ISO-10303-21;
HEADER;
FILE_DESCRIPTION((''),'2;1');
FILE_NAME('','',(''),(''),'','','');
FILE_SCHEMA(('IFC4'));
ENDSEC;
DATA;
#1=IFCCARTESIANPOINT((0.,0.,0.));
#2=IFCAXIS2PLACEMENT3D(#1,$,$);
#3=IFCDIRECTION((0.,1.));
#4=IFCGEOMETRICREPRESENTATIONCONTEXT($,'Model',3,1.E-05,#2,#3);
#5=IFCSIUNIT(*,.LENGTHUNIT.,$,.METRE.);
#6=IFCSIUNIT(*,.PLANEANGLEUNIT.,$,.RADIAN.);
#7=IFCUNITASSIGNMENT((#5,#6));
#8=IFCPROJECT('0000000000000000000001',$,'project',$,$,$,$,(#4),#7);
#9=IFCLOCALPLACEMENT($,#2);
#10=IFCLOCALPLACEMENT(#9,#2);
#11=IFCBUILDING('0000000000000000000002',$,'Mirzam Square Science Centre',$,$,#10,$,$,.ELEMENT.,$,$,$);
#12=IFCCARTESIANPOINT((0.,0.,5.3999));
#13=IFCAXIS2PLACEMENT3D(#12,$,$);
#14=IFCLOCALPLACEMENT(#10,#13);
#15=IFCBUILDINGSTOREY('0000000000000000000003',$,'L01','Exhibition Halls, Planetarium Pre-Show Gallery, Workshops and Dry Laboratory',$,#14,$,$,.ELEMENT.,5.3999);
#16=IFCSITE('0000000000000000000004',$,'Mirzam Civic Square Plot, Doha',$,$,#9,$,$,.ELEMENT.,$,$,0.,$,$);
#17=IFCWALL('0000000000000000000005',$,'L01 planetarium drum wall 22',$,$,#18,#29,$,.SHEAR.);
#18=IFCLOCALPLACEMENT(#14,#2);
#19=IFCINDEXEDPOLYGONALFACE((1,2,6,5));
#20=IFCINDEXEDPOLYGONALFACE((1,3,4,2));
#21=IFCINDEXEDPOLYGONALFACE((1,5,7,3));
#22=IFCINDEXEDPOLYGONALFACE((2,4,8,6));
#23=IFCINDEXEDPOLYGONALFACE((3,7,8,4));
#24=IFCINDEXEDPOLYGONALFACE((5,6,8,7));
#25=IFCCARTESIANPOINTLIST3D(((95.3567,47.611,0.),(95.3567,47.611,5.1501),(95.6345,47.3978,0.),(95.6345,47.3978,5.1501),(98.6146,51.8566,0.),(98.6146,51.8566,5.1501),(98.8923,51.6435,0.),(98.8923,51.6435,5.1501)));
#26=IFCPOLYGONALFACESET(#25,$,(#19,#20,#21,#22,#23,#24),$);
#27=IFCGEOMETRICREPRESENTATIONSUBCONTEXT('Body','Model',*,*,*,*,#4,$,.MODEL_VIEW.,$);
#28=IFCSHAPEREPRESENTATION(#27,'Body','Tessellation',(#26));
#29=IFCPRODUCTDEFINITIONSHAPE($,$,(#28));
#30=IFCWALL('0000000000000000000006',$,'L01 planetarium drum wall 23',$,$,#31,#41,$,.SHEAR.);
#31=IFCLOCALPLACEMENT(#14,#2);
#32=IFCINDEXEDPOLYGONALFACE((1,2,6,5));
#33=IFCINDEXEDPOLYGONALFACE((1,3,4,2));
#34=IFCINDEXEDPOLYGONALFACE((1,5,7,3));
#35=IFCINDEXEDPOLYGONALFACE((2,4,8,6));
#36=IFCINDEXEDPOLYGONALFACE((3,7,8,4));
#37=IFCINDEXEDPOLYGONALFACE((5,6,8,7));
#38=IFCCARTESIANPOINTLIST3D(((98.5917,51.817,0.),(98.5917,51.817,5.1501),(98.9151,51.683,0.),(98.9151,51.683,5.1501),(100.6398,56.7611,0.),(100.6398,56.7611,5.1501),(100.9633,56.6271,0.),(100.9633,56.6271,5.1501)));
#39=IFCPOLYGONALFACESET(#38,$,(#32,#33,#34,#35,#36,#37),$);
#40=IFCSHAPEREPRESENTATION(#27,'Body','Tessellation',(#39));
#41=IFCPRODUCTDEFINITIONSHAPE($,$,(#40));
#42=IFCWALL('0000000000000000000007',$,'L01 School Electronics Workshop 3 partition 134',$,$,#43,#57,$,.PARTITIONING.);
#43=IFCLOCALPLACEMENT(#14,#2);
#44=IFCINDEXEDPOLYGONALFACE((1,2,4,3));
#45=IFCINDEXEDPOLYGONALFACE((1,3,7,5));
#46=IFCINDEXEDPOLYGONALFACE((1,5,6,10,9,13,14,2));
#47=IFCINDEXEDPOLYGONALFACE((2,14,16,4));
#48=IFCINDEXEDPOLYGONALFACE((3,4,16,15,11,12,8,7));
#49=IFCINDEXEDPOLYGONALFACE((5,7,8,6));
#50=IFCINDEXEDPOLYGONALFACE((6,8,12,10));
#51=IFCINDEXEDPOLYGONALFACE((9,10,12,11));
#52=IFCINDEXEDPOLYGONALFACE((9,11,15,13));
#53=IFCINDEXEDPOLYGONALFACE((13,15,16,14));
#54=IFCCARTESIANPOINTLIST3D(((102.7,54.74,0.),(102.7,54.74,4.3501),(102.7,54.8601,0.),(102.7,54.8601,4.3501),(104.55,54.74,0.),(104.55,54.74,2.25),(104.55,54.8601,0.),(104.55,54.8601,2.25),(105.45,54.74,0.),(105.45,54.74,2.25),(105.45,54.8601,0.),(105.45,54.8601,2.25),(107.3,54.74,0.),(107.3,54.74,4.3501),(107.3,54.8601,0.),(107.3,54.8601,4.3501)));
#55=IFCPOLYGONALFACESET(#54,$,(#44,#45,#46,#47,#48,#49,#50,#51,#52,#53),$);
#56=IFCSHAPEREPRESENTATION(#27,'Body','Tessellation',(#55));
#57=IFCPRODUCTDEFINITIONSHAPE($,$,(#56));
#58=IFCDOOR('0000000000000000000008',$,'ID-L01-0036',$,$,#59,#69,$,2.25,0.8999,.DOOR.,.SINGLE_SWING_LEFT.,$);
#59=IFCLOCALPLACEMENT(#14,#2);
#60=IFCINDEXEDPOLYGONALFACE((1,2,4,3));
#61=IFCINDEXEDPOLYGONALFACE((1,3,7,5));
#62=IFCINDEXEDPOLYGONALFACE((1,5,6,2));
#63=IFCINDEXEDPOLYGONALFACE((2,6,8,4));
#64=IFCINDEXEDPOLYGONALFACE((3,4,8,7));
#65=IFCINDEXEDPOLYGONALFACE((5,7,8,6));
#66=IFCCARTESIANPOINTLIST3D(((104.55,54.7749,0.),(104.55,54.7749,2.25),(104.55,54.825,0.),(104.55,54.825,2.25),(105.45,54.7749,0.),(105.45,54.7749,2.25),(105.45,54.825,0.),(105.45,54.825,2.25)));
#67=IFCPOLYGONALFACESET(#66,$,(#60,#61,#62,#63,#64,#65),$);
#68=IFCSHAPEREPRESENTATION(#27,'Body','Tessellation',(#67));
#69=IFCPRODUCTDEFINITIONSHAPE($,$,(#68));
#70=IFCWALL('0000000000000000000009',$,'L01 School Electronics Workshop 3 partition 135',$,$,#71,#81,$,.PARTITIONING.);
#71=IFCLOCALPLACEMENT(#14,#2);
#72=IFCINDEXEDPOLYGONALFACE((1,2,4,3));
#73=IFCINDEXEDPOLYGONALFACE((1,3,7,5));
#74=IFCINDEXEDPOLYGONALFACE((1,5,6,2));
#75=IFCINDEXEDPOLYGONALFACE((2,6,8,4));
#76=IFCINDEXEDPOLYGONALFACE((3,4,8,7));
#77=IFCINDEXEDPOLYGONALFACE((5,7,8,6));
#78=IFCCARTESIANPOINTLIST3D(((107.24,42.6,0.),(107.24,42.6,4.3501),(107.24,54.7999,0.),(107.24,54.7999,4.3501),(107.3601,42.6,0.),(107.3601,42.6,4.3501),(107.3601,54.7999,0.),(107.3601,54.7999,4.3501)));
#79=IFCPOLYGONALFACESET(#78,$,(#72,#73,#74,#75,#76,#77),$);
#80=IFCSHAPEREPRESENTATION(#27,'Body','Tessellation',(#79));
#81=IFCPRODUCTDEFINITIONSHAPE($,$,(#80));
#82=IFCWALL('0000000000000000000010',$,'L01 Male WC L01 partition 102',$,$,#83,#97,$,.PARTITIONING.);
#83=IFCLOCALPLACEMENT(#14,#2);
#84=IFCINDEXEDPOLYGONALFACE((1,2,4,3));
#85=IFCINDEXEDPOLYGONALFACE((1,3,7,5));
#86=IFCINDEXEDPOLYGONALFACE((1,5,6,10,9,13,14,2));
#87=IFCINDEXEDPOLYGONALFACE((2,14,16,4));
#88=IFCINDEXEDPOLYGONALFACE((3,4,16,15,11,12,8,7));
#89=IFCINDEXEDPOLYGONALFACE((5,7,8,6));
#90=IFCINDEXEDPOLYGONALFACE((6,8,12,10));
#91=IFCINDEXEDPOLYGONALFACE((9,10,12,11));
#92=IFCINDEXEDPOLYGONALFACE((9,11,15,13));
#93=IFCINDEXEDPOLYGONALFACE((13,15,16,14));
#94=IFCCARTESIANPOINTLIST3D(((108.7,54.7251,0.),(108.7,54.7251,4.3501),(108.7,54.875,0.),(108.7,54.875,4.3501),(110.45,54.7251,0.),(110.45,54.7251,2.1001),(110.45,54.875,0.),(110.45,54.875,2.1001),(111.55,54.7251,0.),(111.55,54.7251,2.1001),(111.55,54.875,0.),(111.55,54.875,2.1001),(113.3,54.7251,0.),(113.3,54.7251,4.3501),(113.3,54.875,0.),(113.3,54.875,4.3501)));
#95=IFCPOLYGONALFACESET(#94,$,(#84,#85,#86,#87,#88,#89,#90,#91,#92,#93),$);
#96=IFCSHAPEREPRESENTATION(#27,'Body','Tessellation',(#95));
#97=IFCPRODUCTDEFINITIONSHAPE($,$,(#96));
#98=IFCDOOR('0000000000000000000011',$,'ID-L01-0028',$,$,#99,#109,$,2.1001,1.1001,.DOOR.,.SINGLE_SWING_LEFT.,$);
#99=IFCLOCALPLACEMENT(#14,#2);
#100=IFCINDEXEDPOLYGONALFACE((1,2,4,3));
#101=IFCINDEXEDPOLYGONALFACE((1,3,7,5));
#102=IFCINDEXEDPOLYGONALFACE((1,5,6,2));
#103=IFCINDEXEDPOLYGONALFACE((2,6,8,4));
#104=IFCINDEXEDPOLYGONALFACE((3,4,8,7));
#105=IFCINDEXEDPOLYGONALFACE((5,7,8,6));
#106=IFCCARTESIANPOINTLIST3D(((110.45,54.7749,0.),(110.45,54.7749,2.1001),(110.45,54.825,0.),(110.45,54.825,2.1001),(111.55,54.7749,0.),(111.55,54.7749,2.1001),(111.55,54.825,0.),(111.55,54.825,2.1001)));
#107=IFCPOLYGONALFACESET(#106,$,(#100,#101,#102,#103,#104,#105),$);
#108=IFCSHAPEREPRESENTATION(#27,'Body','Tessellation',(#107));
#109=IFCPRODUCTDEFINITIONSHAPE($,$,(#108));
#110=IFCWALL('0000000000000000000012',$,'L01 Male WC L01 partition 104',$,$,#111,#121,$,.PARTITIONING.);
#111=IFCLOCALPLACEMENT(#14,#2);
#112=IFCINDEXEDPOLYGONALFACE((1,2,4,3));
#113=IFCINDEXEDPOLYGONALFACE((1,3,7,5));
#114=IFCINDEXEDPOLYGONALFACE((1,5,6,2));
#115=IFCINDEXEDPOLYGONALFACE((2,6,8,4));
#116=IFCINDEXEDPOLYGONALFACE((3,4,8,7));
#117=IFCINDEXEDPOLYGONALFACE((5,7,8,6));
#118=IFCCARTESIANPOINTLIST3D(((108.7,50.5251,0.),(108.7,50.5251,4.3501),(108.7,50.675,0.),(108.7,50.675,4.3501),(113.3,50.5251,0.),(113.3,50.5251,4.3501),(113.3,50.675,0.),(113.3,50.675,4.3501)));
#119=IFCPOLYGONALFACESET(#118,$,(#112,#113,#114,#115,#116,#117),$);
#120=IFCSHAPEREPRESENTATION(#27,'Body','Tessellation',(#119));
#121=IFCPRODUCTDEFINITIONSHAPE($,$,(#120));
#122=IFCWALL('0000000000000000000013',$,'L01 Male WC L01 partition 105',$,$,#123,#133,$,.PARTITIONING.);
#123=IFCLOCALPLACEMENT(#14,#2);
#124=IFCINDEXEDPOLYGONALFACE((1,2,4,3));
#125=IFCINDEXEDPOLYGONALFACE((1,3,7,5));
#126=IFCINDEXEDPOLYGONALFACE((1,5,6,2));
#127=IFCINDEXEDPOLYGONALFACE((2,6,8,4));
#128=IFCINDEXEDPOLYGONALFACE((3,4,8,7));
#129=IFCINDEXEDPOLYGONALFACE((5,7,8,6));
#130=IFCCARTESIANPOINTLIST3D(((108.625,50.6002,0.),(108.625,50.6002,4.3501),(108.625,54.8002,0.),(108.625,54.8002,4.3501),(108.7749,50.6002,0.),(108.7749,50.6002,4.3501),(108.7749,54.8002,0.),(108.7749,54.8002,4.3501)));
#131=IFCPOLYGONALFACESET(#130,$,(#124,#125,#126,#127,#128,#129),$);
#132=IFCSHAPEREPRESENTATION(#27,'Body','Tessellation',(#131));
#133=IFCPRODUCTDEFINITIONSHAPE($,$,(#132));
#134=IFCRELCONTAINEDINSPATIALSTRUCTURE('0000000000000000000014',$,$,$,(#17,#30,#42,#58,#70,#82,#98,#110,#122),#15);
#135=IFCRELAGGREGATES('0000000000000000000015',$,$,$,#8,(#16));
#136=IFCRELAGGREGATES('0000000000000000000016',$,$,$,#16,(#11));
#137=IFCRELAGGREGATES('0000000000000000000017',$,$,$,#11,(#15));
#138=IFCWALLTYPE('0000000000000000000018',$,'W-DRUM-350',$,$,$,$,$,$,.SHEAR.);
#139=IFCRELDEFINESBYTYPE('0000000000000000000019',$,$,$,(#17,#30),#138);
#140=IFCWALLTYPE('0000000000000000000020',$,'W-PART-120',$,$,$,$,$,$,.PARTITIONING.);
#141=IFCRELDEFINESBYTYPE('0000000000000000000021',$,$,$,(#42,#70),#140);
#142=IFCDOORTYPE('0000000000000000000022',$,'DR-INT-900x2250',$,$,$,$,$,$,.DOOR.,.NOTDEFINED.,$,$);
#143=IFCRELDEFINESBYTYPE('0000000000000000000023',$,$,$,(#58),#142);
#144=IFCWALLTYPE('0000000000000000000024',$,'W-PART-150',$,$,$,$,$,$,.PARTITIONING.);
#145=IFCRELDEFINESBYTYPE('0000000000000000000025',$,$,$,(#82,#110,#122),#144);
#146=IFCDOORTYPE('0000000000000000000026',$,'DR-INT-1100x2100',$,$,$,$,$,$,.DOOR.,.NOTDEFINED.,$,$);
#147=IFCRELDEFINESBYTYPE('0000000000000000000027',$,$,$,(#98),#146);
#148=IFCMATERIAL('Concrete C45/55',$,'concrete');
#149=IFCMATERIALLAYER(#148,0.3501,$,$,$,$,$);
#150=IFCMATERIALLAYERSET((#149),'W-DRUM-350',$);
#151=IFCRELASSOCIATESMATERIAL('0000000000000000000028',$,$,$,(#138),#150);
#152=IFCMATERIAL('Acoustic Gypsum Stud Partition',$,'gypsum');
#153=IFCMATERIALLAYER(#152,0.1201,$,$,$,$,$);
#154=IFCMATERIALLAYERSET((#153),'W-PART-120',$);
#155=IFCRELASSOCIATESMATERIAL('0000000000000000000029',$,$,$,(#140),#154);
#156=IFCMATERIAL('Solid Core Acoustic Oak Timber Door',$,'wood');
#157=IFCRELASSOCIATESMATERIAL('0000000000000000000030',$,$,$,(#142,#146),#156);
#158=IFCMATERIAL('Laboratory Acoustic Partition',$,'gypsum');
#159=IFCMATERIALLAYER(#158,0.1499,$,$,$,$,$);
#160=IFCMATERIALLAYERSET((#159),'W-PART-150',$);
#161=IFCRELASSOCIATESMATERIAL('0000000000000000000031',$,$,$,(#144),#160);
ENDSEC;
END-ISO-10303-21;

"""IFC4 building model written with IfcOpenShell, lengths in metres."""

from ifc_helpers import new_model, si_unit, direction, frame, frame_2d, origin, place, context, subcontext, project, spatial, rectangle, extrude, material, layer, layer_set, type_object, element, fill, save


model = new_model("IFC4")

# Units and contexts
model_context = context("Model", 3, precision=1e-05, world=origin(), true_north=direction((0.0, 1.0)))
body_context = subcontext(model_context, "Body", "Model", "MODEL_VIEW")
ifc_project = project(units=[si_unit("LENGTHUNIT", "METRE"), si_unit("PLANEANGLEUNIT", "RADIAN")], contexts=[model_context])

# Site, building, storey
site_placement = place(None, origin())
site = spatial("IfcSite", under=ifc_project, at=site_placement, Name="Mirzam Civic Square Plot, Doha", CompositionType="ELEMENT", RefElevation=0.0)
building_placement = place(site_placement, origin())
building = spatial("IfcBuilding", under=site, at=building_placement, Name="Mirzam Square Science Centre", CompositionType="ELEMENT")
storey_placement = place(building_placement, frame((0.0, 0.0, 5.3999)))
storey = spatial("IfcBuildingStorey", under=building, at=storey_placement, Name="L01", Description="Exhibition Halls, Planetarium Pre-Show Gallery, Workshops and Dry Laboratory", CompositionType="ELEMENT", Elevation=5.3999)

# Shared definitions
ifc_material_1 = material(Name="Concrete C45/55", Category="concrete")

# Walls
ifc_layer_1 = layer(ifc_material_1, 0.3501)
ifc_layer_set_1 = layer_set([ifc_layer_1], Name="W-DRUM-350")
wall_type_1 = type_object("IfcWallType", Name="W-DRUM-350", PredefinedType="SHEAR", material=ifc_layer_set_1)
for number, where, z_axis, x_axis, name in (
    (1, (95.4956, 47.5044, 0.0), (0.0, 0.0, 1.0), (0.608767, 0.793349, 0.0), "L01 planetarium drum wall 22"),
    (2, (98.7534, 51.75, 0.0), (0.0, 0.0, 1.0), (0.382713, 0.923867, 0.0), "L01 planetarium drum wall 23"),
):
    element("IfcWall", number, at=place(storey_placement, frame(where, z_axis=z_axis, x_axis=x_axis)), inside=storey, type_object=wall_type_1, Name=name, PredefinedType="SHEAR", context=body_context, shape_type="SweptSolid", body=[
        extrude(rectangle(XDim=5.3516, YDim=0.3501, at=frame_2d((2.6758, 0.0))), origin(), (0.0, 0.0, 1.0), 5.1501),
    ])

# Wall, opening, door
ifc_material_2 = material(Name="Acoustic Gypsum Stud Partition", Category="gypsum")
ifc_layer_2 = layer(ifc_material_2, 0.1201)
ifc_layer_set_2 = layer_set([ifc_layer_2], Name="W-PART-120")
wall_type_2 = type_object("IfcWallType", Name="W-PART-120", PredefinedType="PARTITIONING", material=ifc_layer_set_2)
wall_1_placement = place(storey_placement, frame((102.7, 54.8, 0.0), z_axis=(0.0, 0.0, 1.0), x_axis=(1.0, 0.0, 0.0)))
wall_1 = element("IfcWall", 3, at=wall_1_placement, inside=storey, type_object=wall_type_2, Name="L01 School Electronics Workshop 3 partition 134", PredefinedType="PARTITIONING", context=body_context, shape_type="SweptSolid", body=[
    extrude(rectangle(XDim=4.6001, YDim=0.1201, at=frame_2d((2.3, 0.0))), origin(), (0.0, 0.0, 1.0), 4.3501),
])
opening_1_placement = place(wall_1_placement, frame((1.8501, 0.0, 0.0)))
opening_1 = element("IfcOpeningElement", 4, at=opening_1_placement, cuts=wall_1, PredefinedType="OPENING", context=body_context, shape_type="SweptSolid", body=[
    extrude(rectangle(XDim=0.8999, YDim=2.25, at=frame_2d((0.45, 1.125))), frame((0.0, 0.0701, 0.0), z_axis=(0.0, -1.0, 0.0), x_axis=(1.0, 0.0, 0.0)), (0.0, 0.0, 1.0), 0.1401),
])
ifc_material_3 = material(Name="Solid Core Acoustic Oak Timber Door", Category="wood")
door_type_1 = type_object("IfcDoorType", Name="DR-INT-900x2250", OperationType="NOTDEFINED", PredefinedType="DOOR", material=ifc_material_3)
door_1_placement = place(opening_1_placement, origin())
door_1 = element("IfcDoor", 5, at=door_1_placement, inside=storey, type_object=door_type_1, Name="ID-L01-0036", OperationType="SINGLE_SWING_LEFT", OverallHeight=2.25, OverallWidth=0.8999, PredefinedType="DOOR", context=body_context, shape_type="SweptSolid", body=[
    extrude(rectangle(XDim=0.8999, YDim=2.25, at=frame_2d((0.45, 1.125))), frame((0.0, 0.0249, 0.0), z_axis=(0.0, -1.0, 0.0), x_axis=(1.0, 0.0, 0.0)), (0.0, 0.0, 1.0), 0.05),
])
fill(opening_1, door_1)

# Wall
wall_2_placement = place(storey_placement, frame((107.3, 54.8, 0.0), z_axis=(0.0, 0.0, 1.0), x_axis=(0.0, -1.0, 0.0)))
element("IfcWall", 6, at=wall_2_placement, inside=storey, type_object=wall_type_2, Name="L01 School Electronics Workshop 3 partition 135", PredefinedType="PARTITIONING", context=body_context, shape_type="SweptSolid", body=[
    extrude(rectangle(XDim=12.2, YDim=0.1201, at=frame_2d((6.1001, 0.0))), origin(), (0.0, 0.0, 1.0), 4.3501),
])

# Wall, opening, door
ifc_material_4 = material(Name="Laboratory Acoustic Partition", Category="gypsum")
ifc_layer_3 = layer(ifc_material_4, 0.1499)
ifc_layer_set_3 = layer_set([ifc_layer_3], Name="W-PART-150")
wall_type_3 = type_object("IfcWallType", Name="W-PART-150", PredefinedType="PARTITIONING", material=ifc_layer_set_3)
wall_3_placement = place(storey_placement, frame((108.7, 54.8, 0.0), z_axis=(0.0, 0.0, 1.0), x_axis=(1.0, 0.0, 0.0)))
wall_3 = element("IfcWall", 7, at=wall_3_placement, inside=storey, type_object=wall_type_3, Name="L01 Male WC L01 partition 102", PredefinedType="PARTITIONING", context=body_context, shape_type="SweptSolid", body=[
    extrude(rectangle(XDim=4.6001, YDim=0.1499, at=frame_2d((2.3, 0.0))), origin(), (0.0, 0.0, 1.0), 4.3501),
])
opening_2_placement = place(wall_3_placement, frame((1.75, 0.0, 0.0)))
opening_2 = element("IfcOpeningElement", 8, at=opening_2_placement, cuts=wall_3, PredefinedType="OPENING", context=body_context, shape_type="SweptSolid", body=[
    extrude(rectangle(XDim=1.1001, YDim=2.1001, at=frame_2d((0.55, 1.05))), frame((0.0, 0.085, 0.0), z_axis=(0.0, -1.0, 0.0), x_axis=(1.0, 0.0, 0.0)), (0.0, 0.0, 1.0), 0.1699),
])
door_type_2 = type_object("IfcDoorType", Name="DR-INT-1100x2100", OperationType="NOTDEFINED", PredefinedType="DOOR", material=ifc_material_3)
door_2_placement = place(opening_2_placement, origin())
door_2 = element("IfcDoor", 9, at=door_2_placement, inside=storey, type_object=door_type_2, Name="ID-L01-0028", OperationType="SINGLE_SWING_LEFT", OverallHeight=2.1001, OverallWidth=1.1001, PredefinedType="DOOR", context=body_context, shape_type="SweptSolid", body=[
    extrude(rectangle(XDim=1.1001, YDim=2.1001, at=frame_2d((0.55, 1.05))), frame((0.0, 0.0249, 0.0), z_axis=(0.0, -1.0, 0.0), x_axis=(1.0, 0.0, 0.0)), (0.0, 0.0, 1.0), 0.05),
])
fill(opening_2, door_2)

# Walls
wall_4_placement = place(storey_placement, frame((113.3, 50.6001, 0.0), z_axis=(0.0, 0.0, 1.0), x_axis=(-1.0, 0.0, 0.0)))
element("IfcWall", 10, at=wall_4_placement, inside=storey, type_object=wall_type_3, Name="L01 Male WC L01 partition 104", PredefinedType="PARTITIONING", context=body_context, shape_type="SweptSolid", body=[
    extrude(rectangle(XDim=4.6001, YDim=0.1499, at=frame_2d((2.3, 0.0))), origin(), (0.0, 0.0, 1.0), 4.3501),
])
wall_5_placement = place(storey_placement, frame((108.7, 50.6001, 0.0), z_axis=(0.0, 0.0, 1.0), x_axis=(0.0, 1.0, 0.0)))
element("IfcWall", 11, at=wall_5_placement, inside=storey, type_object=wall_type_3, Name="L01 Male WC L01 partition 105", PredefinedType="PARTITIONING", context=body_context, shape_type="SweptSolid", body=[
    extrude(rectangle(XDim=4.2, YDim=0.1499, at=frame_2d((2.1001, 0.0))), origin(), (0.0, 0.0, 1.0), 4.3501),
])

save(model, "model.ifc")
